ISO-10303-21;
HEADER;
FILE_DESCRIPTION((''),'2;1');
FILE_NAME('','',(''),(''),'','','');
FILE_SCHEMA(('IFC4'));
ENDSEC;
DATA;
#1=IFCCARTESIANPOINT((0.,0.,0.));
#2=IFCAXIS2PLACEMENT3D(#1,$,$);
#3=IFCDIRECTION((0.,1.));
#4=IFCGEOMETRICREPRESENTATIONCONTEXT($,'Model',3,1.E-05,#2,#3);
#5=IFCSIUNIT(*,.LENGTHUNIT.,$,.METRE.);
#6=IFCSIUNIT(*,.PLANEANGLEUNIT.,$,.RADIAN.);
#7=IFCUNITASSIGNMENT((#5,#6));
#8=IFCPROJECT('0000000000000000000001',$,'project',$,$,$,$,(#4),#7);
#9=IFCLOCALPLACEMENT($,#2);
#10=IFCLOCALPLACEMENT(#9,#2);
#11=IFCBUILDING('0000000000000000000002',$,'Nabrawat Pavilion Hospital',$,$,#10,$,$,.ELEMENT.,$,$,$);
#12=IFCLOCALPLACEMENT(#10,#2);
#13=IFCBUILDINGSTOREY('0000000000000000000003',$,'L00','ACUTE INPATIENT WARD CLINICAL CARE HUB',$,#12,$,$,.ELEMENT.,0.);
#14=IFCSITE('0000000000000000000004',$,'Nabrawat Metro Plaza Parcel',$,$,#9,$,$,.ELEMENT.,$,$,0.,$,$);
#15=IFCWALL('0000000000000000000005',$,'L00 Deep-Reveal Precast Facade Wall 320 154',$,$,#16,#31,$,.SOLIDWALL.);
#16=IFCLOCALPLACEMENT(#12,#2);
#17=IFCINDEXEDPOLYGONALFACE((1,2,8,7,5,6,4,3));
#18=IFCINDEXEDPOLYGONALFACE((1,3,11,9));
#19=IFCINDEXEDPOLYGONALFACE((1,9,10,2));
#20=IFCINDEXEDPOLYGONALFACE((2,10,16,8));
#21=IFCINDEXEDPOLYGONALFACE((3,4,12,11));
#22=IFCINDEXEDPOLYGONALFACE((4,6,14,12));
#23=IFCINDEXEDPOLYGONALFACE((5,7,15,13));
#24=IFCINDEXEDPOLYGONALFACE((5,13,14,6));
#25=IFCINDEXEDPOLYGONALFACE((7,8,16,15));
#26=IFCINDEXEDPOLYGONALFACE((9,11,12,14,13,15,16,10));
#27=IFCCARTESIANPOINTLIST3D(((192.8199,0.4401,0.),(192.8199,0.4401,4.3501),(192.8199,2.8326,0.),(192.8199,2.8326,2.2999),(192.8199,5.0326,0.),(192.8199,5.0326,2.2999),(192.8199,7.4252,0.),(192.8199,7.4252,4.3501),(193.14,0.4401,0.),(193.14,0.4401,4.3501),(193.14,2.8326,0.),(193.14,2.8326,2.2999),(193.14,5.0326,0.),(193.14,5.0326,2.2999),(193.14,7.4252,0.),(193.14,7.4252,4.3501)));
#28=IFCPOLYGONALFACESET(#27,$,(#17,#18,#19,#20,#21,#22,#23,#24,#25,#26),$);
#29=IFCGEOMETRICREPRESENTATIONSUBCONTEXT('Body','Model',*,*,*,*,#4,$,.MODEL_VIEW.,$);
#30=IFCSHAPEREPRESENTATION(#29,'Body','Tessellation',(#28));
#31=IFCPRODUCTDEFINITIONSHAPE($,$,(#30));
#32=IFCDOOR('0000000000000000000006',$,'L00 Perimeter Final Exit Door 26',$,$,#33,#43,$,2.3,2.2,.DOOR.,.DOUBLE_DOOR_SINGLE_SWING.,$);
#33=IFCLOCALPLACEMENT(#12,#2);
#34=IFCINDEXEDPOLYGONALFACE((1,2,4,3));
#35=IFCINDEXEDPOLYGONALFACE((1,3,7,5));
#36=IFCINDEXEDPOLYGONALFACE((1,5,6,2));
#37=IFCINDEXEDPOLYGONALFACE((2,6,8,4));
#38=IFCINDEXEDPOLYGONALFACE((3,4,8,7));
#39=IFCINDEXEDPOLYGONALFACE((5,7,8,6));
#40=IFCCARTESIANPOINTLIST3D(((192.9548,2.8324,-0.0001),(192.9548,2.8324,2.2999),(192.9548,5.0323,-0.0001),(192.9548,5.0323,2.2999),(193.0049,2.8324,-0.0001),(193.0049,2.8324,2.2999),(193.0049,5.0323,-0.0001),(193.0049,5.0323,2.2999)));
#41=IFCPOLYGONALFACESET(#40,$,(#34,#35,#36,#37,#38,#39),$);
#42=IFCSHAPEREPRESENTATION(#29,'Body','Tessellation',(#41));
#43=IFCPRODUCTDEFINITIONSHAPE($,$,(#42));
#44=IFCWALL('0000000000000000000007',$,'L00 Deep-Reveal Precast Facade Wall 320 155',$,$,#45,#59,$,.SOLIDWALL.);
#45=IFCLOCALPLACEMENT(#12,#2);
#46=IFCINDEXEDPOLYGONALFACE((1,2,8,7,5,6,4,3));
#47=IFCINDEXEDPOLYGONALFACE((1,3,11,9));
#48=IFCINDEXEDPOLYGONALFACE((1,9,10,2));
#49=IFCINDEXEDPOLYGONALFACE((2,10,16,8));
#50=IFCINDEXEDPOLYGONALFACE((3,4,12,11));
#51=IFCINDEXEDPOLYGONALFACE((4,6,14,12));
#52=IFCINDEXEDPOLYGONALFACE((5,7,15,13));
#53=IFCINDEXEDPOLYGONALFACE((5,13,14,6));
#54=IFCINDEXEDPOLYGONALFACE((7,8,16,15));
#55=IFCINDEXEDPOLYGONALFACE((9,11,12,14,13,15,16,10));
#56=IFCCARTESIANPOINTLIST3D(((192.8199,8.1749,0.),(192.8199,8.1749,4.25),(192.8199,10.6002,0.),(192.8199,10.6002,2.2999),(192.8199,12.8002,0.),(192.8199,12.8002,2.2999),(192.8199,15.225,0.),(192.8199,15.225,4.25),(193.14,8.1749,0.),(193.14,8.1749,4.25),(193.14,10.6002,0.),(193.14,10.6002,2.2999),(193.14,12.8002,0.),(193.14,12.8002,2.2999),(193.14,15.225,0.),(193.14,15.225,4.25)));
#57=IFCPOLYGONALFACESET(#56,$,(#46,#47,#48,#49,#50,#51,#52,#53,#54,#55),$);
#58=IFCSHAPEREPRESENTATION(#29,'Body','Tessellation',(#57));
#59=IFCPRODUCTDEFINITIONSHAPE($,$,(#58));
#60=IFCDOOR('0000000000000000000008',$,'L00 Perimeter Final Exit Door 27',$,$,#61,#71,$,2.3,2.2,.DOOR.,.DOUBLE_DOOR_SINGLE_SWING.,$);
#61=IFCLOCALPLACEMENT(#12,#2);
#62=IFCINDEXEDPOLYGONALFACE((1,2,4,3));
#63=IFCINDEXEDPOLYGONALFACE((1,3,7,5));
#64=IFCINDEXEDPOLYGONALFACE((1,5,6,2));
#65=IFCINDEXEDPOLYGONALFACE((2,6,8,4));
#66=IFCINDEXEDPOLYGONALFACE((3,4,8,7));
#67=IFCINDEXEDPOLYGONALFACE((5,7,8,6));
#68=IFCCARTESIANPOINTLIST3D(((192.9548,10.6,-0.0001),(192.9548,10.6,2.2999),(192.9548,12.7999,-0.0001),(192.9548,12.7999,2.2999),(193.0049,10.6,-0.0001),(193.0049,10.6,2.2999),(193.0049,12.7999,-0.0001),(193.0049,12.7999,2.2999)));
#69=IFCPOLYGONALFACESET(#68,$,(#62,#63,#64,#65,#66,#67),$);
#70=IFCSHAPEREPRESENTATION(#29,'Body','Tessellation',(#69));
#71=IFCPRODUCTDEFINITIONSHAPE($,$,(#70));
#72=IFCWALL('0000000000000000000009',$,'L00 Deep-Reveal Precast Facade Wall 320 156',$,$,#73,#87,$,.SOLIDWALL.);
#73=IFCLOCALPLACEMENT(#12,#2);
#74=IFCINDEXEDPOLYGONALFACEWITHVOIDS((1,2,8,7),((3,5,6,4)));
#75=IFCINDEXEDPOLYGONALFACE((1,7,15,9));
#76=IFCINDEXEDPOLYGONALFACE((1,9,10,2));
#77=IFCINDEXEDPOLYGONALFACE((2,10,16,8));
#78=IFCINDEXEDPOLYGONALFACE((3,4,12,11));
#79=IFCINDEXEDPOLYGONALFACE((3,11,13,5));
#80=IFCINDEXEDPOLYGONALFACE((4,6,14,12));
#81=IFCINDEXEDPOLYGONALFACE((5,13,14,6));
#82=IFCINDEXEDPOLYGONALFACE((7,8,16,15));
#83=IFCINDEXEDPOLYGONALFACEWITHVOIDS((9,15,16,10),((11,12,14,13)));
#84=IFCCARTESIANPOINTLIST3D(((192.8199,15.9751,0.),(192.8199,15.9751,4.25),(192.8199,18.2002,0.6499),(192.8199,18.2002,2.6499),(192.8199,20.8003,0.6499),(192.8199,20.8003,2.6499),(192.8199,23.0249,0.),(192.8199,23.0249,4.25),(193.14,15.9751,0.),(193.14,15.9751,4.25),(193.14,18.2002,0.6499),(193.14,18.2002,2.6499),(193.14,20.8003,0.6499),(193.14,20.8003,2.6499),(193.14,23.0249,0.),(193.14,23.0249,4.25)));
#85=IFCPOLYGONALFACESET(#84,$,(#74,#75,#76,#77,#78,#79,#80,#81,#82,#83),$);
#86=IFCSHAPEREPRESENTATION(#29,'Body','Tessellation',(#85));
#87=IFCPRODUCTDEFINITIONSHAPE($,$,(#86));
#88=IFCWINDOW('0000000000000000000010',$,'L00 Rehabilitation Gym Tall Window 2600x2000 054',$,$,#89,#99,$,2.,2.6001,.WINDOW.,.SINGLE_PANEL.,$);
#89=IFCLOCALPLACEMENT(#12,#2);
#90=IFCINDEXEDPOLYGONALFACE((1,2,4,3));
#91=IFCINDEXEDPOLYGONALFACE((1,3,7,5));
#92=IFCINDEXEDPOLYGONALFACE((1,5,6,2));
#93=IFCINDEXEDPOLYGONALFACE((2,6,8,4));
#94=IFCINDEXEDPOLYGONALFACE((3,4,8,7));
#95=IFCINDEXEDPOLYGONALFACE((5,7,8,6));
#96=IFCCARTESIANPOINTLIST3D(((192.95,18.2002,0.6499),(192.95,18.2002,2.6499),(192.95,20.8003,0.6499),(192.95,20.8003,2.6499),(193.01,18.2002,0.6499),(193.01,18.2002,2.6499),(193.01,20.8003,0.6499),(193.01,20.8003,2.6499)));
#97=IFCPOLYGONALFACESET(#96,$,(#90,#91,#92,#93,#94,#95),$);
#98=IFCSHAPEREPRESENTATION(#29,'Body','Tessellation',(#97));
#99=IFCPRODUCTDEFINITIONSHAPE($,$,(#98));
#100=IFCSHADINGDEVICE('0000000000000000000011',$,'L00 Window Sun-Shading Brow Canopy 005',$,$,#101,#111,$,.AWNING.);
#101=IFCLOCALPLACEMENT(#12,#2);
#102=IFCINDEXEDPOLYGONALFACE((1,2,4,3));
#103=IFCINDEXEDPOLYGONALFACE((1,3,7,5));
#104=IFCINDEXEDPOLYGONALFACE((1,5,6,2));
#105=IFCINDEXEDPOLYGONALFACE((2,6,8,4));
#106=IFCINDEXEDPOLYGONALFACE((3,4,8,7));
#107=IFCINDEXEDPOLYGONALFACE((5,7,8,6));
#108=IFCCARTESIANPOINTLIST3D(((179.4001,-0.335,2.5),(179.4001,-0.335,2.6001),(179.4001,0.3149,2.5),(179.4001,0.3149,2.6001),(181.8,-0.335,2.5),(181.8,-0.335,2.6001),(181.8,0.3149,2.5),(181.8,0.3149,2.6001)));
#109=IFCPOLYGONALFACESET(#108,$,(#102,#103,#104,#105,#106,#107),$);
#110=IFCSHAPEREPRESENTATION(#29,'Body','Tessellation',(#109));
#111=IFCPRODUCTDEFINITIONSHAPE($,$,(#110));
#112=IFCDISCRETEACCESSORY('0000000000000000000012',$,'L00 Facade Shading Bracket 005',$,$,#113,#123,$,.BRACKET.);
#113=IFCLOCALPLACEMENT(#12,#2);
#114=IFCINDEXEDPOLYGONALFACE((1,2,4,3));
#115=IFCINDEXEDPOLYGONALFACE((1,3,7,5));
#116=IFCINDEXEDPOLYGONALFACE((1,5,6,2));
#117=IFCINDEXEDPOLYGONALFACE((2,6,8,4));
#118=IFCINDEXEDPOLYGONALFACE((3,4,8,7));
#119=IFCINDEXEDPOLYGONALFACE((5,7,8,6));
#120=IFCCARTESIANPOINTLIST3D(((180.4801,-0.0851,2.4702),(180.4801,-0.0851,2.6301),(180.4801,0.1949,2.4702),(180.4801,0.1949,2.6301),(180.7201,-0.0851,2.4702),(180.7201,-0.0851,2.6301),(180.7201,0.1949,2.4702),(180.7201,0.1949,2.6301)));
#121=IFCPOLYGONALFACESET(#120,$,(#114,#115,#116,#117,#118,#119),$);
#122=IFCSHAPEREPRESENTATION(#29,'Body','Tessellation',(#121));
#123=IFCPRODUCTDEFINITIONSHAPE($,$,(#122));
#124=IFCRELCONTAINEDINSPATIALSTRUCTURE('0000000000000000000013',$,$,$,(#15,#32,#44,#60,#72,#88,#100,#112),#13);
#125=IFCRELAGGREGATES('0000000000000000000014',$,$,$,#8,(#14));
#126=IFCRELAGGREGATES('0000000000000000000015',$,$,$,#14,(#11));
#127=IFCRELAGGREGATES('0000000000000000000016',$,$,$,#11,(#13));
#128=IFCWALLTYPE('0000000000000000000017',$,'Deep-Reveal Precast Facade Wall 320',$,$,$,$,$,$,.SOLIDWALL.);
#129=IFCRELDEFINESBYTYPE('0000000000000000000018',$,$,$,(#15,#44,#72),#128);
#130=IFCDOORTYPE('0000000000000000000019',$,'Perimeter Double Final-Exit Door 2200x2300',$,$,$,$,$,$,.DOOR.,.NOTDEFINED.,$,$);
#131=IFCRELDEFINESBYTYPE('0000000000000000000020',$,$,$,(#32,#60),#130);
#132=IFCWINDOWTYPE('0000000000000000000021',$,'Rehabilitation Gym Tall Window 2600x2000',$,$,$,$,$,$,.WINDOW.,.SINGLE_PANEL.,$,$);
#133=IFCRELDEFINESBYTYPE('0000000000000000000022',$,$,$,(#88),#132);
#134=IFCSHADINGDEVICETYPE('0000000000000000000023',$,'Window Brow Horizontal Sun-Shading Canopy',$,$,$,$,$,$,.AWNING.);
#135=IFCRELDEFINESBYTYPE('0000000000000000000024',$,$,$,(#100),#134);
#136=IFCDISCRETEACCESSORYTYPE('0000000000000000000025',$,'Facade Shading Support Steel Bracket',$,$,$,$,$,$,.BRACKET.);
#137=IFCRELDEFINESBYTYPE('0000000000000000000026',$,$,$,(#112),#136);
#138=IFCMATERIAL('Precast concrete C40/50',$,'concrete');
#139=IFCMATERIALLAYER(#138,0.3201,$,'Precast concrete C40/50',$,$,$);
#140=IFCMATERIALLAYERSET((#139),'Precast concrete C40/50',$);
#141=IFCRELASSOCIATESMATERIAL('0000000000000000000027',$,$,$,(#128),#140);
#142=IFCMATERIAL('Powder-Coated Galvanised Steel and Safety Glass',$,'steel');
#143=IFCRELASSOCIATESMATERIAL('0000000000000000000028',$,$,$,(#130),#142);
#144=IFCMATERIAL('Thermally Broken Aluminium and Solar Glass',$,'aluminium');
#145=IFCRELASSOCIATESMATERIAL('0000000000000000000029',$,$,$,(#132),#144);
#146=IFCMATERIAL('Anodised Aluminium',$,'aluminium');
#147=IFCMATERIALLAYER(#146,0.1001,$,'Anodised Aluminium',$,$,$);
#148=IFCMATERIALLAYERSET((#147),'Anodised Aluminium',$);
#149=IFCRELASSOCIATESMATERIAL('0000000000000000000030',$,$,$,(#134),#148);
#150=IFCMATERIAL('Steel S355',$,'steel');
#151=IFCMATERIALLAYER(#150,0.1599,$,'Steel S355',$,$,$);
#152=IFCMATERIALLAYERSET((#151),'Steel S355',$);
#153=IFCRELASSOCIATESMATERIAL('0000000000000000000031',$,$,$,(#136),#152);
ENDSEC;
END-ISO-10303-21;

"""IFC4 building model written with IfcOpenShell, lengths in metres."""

from ifc_helpers import new_model, si_unit, direction, frame, frame_2d, origin, origin_2d, place, context, subcontext, project, spatial, rectangle, extrude, material, layer, layer_set, type_object, element, fill, save


model = new_model("IFC4")

# Units and contexts
model_context = context("Model", 3, precision=1e-05, world=origin(), true_north=direction((0.0, 1.0)))
body_context = subcontext(model_context, "Body", "Model", "MODEL_VIEW")
ifc_project = project(units=[si_unit("LENGTHUNIT", "METRE"), si_unit("PLANEANGLEUNIT", "RADIAN")], contexts=[model_context])

# Site, building, storey
site_placement = place(None, origin())
site = spatial("IfcSite", under=ifc_project, at=site_placement, Name="Nabrawat Metro Plaza Parcel", CompositionType="ELEMENT", RefElevation=0.0)
building_placement = place(site_placement, origin())
building = spatial("IfcBuilding", under=site, at=building_placement, Name="Nabrawat Pavilion Hospital", CompositionType="ELEMENT")
storey_placement = place(building_placement, origin())
storey = spatial("IfcBuildingStorey", under=building, at=storey_placement, Name="L00", Description="ACUTE INPATIENT WARD CLINICAL CARE HUB", CompositionType="ELEMENT", Elevation=0.0)

# Shared definitions
ifc_material_1 = material(Name="Steel S355", Category="steel")

# Shared definitions
ifc_material_2 = material(Name="Precast concrete C40/50", Category="concrete")
ifc_layer_1 = layer(ifc_material_2, 0.3201, Name="Precast concrete C40/50")
ifc_layer_set_1 = layer_set([ifc_layer_1], Name="Precast concrete C40/50")
wall_type = type_object("IfcWallType", Name="Deep-Reveal Precast Facade Wall 320", PredefinedType="SOLIDWALL", material=ifc_layer_set_1)
ifc_material_3 = material(Name="Thermally Broken Aluminium and Solar Glass", Category="aluminium")

# Walls, openings, doors
ifc_material_4 = material(Name="Powder-Coated Galvanised Steel and Safety Glass", Category="steel")
wall_1_placement = place(storey_placement, frame((192.98, 0.4399, 0.0), z_axis=(0.0, 0.0, 1.0), x_axis=(0.0, 1.0, 0.0)))
wall_1 = element("IfcWall", 1, at=wall_1_placement, inside=storey, type_object=wall_type, Name="L00 Deep-Reveal Precast Facade Wall 320 154", PredefinedType="SOLIDWALL", context=body_context, shape_type="SweptSolid", body=[
    extrude(rectangle(XDim=6.9851, YDim=0.3201, at=frame_2d((3.4927, 0.0))), origin(), (0.0, 0.0, 1.0), 4.3501),
])
opening_1_placement = place(wall_1_placement, frame((2.3926, 0.0, 0.0)))
opening_1 = element("IfcOpeningElement", 2, at=opening_1_placement, cuts=wall_1, PredefinedType="OPENING", context=body_context, shape_type="SweptSolid", body=[
    extrude(rectangle(XDim=2.2, YDim=2.3, at=frame_2d((1.1001, 1.1499))), frame((0.0, 0.1699, 0.0), z_axis=(0.0, -1.0, 0.0), x_axis=(1.0, 0.0, 0.0)), (0.0, 0.0, 1.0), 0.3401),
])
door_type_1 = type_object("IfcDoorType", Name="Perimeter Double Final-Exit Door 2200x2300", OperationType="NOTDEFINED", PredefinedType="DOOR", material=ifc_material_4)
door_1_placement = place(opening_1_placement, frame((2.2, 0.0, 0.0), z_axis=(0.0, 0.0, 1.0), x_axis=(-1.0, 0.0, 0.0)))
door_1 = element("IfcDoor", 3, at=door_1_placement, inside=storey, type_object=door_type_1, Name="L00 Perimeter Final Exit Door 26", OperationType="DOUBLE_DOOR_SINGLE_SWING", OverallHeight=2.3, OverallWidth=2.2, PredefinedType="DOOR", context=body_context, shape_type="SweptSolid", body=[
    extrude(rectangle(XDim=2.2, YDim=2.3, at=frame_2d((1.1001, 1.1499))), frame((0.0, 0.0249, 0.0), z_axis=(0.0, -1.0, 0.0), x_axis=(1.0, 0.0, 0.0)), (0.0, 0.0, 1.0), 0.05),
])
fill(opening_1, door_1)
wall_2_placement = place(storey_placement, frame((192.98, 8.175, 0.0), z_axis=(0.0, 0.0, 1.0), x_axis=(0.0, 1.0, 0.0)))
wall_2 = element("IfcWall", 4, at=wall_2_placement, inside=storey, type_object=wall_type, Name="L00 Deep-Reveal Precast Facade Wall 320 155", PredefinedType="SOLIDWALL", context=body_context, shape_type="SweptSolid", body=[
    extrude(rectangle(XDim=7.05, YDim=0.3201, at=frame_2d((3.5249, 0.0))), origin(), (0.0, 0.0, 1.0), 4.25),
])
opening_2_placement = place(wall_2_placement, frame((2.425, 0.0, 0.0)))
opening_2 = element("IfcOpeningElement", 5, at=opening_2_placement, cuts=wall_2, PredefinedType="OPENING", context=body_context, shape_type="SweptSolid", body=[
    extrude(rectangle(XDim=2.2, YDim=2.3, at=frame_2d((1.1001, 1.1499))), frame((0.0, 0.1699, 0.0), z_axis=(0.0, -1.0, 0.0), x_axis=(1.0, 0.0, 0.0)), (0.0, 0.0, 1.0), 0.3401),
])
door_2_placement = place(opening_2_placement, frame((2.2, 0.0, 0.0), z_axis=(0.0, 0.0, 1.0), x_axis=(-1.0, 0.0, 0.0)))
door_2 = element("IfcDoor", 6, at=door_2_placement, inside=storey, type_object=door_type_1, Name="L00 Perimeter Final Exit Door 27", OperationType="DOUBLE_DOOR_SINGLE_SWING", OverallHeight=2.3, OverallWidth=2.2, PredefinedType="DOOR", context=body_context, shape_type="SweptSolid", body=[
    extrude(rectangle(XDim=2.2, YDim=2.3, at=frame_2d((1.1001, 1.1499))), frame((0.0, 0.0249, 0.0), z_axis=(0.0, -1.0, 0.0), x_axis=(1.0, 0.0, 0.0)), (0.0, 0.0, 1.0), 0.05),
])
fill(opening_2, door_2)

# Wall, opening, window
wall_3_placement = place(storey_placement, frame((192.98, 15.9751, 0.0), z_axis=(0.0, 0.0, 1.0), x_axis=(0.0, 1.0, 0.0)))
wall_3 = element("IfcWall", 7, at=wall_3_placement, inside=storey, type_object=wall_type, Name="L00 Deep-Reveal Precast Facade Wall 320 156", PredefinedType="SOLIDWALL", context=body_context, shape_type="SweptSolid", body=[
    extrude(rectangle(XDim=7.0498, YDim=0.3201, at=frame_2d((3.5249, 0.0))), origin(), (0.0, 0.0, 1.0), 4.25),
])
opening_3_placement = place(wall_3_placement, frame((2.2251, 0.0, 0.6499)))
opening_3 = element("IfcOpeningElement", 8, at=opening_3_placement, cuts=wall_3, PredefinedType="OPENING", context=body_context, shape_type="SweptSolid", body=[
    extrude(rectangle(XDim=2.6001, YDim=2.0, at=frame_2d((1.3, 1.0))), frame((0.0, 0.1699, 0.0), z_axis=(0.0, -1.0, 0.0), x_axis=(1.0, 0.0, 0.0)), (0.0, 0.0, 1.0), 0.3401),
])
window_type_1 = type_object("IfcWindowType", Name="Rehabilitation Gym Tall Window 2600x2000", PartitioningType="SINGLE_PANEL", PredefinedType="WINDOW", material=ifc_material_3)
window_1_placement = place(opening_3_placement, origin())
window_1 = element("IfcWindow", 9, at=window_1_placement, inside=storey, type_object=window_type_1, Name="L00 Rehabilitation Gym Tall Window 2600x2000 054", OverallHeight=2.0, OverallWidth=2.6001, PartitioningType="SINGLE_PANEL", PredefinedType="WINDOW", context=body_context, shape_type="SweptSolid", body=[
    extrude(rectangle(XDim=2.6001, YDim=2.0, at=frame_2d((1.3, 1.0))), frame((0.0, 0.03, 0.0), z_axis=(0.0, -1.0, 0.0), x_axis=(1.0, 0.0, 0.0)), (0.0, 0.0, 1.0), 0.0601),
])
fill(opening_3, window_1)

# Shading device
ifc_material_5 = material(Name="Anodised Aluminium", Category="aluminium")
ifc_layer_2 = layer(ifc_material_5, 0.1001, Name="Anodised Aluminium")
ifc_layer_set_2 = layer_set([ifc_layer_2], Name="Anodised Aluminium")
shading_device_type = type_object("IfcShadingDeviceType", Name="Window Brow Horizontal Sun-Shading Canopy", PredefinedType="AWNING", material=ifc_layer_set_2)
shading_device_placement = place(storey_placement, frame((180.6001, -0.01, 2.5), z_axis=(0.0, 0.0, 1.0), x_axis=(1.0, 0.0, 0.0)))
element("IfcShadingDevice", 10, at=shading_device_placement, inside=storey, type_object=shading_device_type, Name="L00 Window Sun-Shading Brow Canopy 005", PredefinedType="AWNING", context=body_context, shape_type="SweptSolid", body=[
    extrude(rectangle(XDim=2.3999, YDim=0.6499, at=origin_2d()), origin(), (0.0, 0.0, 1.0), 0.1001),
])

# Discrete accessory
ifc_layer_3 = layer(ifc_material_1, 0.1599, Name="Steel S355")
ifc_layer_set_3 = layer_set([ifc_layer_3], Name="Steel S355")
discrete_accessory_type = type_object("IfcDiscreteAccessoryType", Name="Facade Shading Support Steel Bracket", PredefinedType="BRACKET", material=ifc_layer_set_3)
discrete_accessory_placement = place(storey_placement, frame((180.6001, 0.0549, 2.4702), z_axis=(0.0, 0.0, 1.0), x_axis=(1.0, 0.0, 0.0)))
element("IfcDiscreteAccessory", 11, at=discrete_accessory_placement, inside=storey, type_object=discrete_accessory_type, Name="L00 Facade Shading Bracket 005", PredefinedType="BRACKET", context=body_context, shape_type="SweptSolid", body=[
    extrude(rectangle(XDim=0.24, YDim=0.28, at=origin_2d()), origin(), (0.0, 0.0, 1.0), 0.1599),
])

save(model, "model.ifc")
